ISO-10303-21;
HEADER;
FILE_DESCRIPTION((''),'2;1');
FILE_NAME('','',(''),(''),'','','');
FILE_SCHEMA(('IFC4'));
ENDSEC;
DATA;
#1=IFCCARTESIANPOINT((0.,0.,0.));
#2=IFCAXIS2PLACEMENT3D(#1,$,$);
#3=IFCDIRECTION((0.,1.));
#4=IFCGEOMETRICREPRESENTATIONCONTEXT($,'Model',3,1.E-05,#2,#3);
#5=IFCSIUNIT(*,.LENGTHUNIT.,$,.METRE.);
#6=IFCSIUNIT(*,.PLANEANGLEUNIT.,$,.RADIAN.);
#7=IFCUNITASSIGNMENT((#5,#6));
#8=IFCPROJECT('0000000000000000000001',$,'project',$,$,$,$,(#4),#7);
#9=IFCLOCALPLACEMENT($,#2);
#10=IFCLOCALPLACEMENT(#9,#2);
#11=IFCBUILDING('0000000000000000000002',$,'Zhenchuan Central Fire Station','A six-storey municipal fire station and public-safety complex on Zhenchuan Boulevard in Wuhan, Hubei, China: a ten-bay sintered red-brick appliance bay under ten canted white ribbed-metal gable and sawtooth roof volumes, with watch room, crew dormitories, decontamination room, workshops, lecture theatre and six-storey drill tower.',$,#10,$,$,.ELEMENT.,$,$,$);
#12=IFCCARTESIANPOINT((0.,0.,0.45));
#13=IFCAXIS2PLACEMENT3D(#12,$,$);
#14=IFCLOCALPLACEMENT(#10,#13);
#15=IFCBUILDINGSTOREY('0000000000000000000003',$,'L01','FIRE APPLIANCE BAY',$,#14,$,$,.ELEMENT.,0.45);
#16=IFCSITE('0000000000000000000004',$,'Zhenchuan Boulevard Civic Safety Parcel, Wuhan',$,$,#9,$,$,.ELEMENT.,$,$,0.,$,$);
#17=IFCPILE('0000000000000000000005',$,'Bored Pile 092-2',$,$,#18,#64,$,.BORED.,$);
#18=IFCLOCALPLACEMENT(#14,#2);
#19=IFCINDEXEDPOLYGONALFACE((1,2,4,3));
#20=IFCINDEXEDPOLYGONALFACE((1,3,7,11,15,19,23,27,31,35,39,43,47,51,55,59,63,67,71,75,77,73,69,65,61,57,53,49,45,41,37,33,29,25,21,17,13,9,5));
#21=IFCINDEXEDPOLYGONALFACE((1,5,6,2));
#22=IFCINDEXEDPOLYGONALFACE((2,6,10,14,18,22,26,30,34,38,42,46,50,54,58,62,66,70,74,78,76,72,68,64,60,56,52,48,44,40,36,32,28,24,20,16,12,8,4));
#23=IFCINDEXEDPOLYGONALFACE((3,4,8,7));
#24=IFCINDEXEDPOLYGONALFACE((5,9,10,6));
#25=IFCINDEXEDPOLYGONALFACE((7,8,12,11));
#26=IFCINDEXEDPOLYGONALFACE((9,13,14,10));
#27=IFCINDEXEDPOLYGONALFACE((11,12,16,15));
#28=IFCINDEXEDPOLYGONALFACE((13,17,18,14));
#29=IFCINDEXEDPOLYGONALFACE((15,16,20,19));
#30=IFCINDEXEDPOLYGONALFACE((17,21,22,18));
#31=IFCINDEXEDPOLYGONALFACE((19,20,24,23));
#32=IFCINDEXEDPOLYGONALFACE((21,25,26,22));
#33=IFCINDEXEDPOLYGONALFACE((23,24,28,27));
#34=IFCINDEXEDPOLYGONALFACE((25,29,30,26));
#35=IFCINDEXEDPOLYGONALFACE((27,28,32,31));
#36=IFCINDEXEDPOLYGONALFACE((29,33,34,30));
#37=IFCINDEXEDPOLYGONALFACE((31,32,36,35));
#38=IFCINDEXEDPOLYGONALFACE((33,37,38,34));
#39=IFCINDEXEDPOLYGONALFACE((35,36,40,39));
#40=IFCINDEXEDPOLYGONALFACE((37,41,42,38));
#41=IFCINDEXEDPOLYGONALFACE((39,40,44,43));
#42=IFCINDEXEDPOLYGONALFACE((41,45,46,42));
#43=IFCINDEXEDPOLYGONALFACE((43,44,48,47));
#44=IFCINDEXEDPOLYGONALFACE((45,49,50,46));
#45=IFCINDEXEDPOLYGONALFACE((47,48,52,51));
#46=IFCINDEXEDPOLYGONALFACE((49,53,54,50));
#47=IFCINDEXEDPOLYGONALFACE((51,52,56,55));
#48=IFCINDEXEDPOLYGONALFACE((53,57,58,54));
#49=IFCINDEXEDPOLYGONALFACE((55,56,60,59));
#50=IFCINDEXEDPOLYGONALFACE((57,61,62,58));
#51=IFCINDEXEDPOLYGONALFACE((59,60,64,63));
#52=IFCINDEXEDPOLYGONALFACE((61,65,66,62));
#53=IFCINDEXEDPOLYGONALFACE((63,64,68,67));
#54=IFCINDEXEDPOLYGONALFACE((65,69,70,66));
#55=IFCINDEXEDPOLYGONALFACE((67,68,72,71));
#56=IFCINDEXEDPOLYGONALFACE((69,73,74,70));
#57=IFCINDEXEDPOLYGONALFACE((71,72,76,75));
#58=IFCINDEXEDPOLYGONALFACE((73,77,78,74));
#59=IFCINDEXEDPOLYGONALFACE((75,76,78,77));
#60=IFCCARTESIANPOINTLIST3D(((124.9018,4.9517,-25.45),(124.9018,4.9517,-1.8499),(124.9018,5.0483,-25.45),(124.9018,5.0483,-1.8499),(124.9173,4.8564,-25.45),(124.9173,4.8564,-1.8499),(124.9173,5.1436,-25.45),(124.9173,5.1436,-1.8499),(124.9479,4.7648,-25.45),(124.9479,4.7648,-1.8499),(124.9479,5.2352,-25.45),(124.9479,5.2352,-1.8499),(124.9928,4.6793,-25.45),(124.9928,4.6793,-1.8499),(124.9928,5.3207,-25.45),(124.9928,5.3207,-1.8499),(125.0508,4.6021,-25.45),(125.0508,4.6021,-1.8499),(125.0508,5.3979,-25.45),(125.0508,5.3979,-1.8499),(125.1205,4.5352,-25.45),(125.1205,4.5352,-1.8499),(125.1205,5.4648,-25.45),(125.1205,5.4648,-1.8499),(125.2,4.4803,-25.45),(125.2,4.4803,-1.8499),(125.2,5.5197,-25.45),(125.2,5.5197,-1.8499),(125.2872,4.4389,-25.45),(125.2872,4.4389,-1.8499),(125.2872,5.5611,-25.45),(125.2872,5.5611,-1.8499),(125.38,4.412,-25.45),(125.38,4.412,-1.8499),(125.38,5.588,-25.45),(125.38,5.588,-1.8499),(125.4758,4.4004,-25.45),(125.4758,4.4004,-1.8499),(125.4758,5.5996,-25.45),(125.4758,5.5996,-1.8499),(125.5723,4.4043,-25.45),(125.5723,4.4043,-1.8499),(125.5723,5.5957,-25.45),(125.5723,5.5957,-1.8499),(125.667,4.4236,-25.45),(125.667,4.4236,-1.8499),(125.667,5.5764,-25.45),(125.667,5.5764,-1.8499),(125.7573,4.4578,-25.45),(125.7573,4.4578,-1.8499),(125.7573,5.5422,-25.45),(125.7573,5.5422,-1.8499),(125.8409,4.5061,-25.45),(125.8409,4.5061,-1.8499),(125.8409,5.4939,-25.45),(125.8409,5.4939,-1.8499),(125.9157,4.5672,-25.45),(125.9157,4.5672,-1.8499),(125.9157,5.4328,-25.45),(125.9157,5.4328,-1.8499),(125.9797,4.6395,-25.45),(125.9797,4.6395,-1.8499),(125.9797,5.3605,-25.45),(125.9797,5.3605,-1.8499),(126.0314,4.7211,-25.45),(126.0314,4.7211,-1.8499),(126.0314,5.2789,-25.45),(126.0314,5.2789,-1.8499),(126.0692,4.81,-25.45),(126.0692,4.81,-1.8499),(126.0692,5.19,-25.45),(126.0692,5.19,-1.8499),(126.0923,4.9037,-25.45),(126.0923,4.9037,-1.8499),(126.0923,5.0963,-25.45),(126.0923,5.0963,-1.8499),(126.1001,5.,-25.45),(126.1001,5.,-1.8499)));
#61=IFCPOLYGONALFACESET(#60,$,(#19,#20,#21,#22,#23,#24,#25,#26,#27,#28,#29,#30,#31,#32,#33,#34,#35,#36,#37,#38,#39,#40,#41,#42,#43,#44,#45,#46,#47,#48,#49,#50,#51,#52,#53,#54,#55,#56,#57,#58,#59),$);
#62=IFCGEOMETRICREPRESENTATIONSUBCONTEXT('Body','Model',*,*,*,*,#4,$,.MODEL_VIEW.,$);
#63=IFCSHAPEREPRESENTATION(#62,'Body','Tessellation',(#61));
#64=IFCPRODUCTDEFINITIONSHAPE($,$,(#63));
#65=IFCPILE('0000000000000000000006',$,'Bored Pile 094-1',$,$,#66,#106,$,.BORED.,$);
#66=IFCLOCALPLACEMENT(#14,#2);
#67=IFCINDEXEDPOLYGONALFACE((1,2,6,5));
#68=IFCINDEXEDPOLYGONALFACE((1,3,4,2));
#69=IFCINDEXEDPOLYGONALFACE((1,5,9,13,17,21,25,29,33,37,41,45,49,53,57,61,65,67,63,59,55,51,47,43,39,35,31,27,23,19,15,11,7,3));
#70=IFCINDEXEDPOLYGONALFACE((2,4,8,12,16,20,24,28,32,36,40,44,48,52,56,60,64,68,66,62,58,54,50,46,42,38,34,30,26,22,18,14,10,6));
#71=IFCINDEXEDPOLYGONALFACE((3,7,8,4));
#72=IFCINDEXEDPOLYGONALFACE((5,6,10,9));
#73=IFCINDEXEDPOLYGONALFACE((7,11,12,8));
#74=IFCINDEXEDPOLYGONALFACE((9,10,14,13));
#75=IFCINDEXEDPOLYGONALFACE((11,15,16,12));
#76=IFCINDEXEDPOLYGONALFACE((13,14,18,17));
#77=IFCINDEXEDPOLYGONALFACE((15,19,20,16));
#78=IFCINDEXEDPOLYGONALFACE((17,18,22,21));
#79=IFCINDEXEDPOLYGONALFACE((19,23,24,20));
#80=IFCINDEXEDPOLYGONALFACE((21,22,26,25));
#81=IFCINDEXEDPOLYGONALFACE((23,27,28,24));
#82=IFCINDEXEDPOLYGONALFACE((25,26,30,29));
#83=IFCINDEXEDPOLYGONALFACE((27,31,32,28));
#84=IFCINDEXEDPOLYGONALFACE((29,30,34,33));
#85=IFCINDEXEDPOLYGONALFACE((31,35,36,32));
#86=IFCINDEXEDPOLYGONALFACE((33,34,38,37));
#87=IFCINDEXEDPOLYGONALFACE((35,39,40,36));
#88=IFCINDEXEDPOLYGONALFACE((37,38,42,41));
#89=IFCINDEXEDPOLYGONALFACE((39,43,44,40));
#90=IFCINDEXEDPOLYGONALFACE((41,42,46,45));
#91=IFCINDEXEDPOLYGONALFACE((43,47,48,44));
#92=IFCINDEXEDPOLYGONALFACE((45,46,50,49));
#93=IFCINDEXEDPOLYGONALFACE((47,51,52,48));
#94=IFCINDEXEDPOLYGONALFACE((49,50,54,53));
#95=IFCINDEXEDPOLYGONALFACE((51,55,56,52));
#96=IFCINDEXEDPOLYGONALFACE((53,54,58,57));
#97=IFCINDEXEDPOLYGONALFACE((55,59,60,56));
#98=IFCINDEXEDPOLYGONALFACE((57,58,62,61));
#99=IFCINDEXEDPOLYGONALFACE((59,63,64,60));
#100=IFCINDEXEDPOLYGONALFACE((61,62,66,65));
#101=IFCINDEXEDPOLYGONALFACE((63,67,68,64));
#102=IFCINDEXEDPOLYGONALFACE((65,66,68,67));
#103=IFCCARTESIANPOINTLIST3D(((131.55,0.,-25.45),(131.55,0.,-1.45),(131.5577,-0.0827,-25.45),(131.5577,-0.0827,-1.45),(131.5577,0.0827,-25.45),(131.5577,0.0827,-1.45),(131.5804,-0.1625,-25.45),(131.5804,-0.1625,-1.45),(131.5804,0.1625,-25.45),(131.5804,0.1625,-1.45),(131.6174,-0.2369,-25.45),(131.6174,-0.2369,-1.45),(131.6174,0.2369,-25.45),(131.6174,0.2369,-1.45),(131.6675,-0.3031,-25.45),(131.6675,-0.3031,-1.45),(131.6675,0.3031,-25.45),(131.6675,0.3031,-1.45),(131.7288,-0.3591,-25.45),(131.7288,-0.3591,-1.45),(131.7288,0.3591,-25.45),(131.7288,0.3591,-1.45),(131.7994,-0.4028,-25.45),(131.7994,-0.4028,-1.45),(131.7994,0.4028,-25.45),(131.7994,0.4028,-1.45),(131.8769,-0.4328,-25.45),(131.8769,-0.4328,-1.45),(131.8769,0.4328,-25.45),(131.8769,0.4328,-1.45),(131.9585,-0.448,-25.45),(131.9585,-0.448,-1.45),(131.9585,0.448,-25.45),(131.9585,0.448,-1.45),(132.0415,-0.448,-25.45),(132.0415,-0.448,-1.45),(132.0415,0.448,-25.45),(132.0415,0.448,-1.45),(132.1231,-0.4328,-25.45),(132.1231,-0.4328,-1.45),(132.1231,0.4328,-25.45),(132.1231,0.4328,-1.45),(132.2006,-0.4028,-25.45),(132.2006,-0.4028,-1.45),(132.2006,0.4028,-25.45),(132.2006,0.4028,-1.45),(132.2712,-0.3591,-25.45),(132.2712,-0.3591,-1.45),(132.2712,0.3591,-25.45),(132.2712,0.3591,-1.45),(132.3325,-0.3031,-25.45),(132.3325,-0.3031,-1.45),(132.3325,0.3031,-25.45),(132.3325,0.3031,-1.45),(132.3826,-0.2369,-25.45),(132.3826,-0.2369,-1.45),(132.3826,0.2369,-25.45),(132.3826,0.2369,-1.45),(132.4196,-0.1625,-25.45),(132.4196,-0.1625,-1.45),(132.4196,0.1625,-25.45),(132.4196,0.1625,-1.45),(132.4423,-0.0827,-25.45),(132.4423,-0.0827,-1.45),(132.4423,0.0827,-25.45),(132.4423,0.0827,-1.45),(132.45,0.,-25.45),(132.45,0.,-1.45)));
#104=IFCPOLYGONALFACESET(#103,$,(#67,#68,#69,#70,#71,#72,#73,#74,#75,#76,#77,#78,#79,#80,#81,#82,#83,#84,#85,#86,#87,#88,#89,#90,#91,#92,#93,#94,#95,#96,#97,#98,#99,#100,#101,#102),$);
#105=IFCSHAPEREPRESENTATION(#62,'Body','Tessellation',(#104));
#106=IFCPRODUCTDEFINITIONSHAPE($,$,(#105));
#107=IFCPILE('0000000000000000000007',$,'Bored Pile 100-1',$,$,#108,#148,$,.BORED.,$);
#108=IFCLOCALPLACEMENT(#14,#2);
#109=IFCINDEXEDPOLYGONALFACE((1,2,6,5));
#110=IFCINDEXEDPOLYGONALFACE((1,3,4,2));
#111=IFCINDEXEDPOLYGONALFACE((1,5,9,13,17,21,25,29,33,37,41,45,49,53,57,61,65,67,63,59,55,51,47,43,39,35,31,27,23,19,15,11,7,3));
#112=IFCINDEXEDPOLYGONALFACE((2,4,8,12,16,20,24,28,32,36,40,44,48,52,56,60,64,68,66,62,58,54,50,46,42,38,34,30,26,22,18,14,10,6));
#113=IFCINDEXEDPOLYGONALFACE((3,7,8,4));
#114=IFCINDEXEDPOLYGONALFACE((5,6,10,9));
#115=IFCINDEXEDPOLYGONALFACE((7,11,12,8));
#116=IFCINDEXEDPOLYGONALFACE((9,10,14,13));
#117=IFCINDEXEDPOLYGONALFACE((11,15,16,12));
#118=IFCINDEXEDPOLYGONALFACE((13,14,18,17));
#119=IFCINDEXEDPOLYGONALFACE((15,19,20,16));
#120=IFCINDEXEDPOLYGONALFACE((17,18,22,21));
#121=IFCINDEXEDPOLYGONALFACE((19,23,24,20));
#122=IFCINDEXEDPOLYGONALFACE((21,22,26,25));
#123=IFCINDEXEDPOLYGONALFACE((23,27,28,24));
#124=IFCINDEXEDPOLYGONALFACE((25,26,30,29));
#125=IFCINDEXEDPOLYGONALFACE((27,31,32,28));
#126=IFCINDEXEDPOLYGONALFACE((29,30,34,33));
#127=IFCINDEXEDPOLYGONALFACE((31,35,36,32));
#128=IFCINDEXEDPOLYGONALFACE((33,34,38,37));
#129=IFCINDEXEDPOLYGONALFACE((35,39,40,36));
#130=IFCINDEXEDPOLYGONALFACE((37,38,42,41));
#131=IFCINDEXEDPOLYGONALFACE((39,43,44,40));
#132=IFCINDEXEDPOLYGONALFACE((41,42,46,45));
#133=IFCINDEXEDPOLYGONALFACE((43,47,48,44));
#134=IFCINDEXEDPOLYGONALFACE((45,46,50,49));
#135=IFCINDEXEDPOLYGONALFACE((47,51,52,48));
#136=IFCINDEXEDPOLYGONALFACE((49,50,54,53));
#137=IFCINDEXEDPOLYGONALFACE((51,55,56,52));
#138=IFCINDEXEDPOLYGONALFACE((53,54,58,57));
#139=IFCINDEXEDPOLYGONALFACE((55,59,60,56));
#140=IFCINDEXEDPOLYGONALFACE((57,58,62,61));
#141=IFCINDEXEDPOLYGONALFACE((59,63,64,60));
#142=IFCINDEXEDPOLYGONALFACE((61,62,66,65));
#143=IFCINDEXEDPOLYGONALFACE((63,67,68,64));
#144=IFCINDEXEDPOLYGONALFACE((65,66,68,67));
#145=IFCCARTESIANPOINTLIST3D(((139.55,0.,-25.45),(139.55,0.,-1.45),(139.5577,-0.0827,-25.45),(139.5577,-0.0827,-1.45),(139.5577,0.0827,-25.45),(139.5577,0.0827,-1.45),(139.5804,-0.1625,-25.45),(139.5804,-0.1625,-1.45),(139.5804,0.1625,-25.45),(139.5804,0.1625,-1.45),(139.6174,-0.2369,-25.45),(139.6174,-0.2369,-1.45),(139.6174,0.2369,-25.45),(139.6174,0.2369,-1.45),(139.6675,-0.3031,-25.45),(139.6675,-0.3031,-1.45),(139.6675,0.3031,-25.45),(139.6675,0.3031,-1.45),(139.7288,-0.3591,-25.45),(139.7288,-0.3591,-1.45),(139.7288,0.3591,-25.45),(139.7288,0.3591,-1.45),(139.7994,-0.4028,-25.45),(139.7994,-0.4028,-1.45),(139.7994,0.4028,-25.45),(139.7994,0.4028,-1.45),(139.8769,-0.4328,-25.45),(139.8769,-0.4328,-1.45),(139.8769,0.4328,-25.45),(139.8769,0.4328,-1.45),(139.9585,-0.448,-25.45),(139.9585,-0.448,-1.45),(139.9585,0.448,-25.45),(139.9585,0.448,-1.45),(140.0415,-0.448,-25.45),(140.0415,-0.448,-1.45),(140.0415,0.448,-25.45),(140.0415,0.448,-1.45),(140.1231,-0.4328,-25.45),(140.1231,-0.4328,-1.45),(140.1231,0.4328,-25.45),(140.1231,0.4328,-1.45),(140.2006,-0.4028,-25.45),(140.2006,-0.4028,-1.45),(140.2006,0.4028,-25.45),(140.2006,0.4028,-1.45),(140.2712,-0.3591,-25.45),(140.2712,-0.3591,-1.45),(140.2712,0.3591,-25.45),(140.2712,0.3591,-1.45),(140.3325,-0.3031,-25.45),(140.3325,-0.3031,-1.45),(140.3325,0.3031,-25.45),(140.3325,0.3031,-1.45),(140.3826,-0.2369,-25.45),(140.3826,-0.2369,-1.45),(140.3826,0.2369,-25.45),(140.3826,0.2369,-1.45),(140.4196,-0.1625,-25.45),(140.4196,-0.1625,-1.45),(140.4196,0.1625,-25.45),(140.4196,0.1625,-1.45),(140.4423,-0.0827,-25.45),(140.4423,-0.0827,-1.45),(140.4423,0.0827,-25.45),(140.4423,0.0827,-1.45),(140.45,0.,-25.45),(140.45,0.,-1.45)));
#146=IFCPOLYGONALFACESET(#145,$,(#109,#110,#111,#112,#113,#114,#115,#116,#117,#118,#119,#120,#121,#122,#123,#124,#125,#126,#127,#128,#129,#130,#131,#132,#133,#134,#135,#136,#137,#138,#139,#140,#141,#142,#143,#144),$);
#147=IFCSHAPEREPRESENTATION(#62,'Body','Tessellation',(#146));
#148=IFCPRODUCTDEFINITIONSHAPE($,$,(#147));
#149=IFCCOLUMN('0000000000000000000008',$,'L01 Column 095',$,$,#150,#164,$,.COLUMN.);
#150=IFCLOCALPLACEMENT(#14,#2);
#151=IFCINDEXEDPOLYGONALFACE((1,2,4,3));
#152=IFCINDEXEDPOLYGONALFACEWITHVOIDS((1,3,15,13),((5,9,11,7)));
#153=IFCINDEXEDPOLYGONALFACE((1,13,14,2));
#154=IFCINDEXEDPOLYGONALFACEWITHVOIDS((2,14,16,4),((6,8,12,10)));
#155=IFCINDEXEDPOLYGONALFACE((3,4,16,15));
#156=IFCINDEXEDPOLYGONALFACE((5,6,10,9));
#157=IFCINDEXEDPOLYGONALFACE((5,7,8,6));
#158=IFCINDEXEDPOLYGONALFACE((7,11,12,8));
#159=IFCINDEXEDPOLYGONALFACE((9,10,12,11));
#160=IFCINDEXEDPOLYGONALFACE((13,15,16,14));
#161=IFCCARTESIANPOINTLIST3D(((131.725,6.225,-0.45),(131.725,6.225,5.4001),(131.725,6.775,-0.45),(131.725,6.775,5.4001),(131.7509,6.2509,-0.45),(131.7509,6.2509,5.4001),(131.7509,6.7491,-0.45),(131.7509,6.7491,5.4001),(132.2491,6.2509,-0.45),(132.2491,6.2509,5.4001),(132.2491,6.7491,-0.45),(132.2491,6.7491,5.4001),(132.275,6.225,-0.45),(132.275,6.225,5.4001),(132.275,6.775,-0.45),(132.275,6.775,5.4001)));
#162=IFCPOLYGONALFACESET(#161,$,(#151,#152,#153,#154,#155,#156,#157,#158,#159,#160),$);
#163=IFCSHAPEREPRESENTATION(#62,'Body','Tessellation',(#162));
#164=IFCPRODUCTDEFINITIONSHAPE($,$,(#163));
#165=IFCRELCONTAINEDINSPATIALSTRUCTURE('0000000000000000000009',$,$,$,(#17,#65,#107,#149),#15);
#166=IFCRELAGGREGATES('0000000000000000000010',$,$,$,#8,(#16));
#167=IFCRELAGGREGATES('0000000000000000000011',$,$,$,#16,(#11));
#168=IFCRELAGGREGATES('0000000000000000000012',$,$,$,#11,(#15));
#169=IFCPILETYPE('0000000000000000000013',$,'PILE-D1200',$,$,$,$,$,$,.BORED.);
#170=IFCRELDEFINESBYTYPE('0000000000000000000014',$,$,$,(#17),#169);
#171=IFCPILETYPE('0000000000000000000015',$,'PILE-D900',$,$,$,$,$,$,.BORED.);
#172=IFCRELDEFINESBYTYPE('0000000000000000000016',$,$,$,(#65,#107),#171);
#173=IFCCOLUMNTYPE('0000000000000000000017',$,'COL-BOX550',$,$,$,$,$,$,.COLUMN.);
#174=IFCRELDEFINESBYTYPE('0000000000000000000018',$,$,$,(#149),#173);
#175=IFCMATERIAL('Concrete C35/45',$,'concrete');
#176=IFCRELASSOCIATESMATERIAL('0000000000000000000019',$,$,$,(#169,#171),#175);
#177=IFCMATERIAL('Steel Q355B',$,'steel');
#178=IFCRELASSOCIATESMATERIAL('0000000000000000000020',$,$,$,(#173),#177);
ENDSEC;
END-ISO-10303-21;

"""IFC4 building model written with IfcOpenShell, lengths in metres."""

from ifc_helpers import new_model, si_unit, direction, frame, origin, origin_2d, place, context, subcontext, project, spatial, hollow_rectangle, circle, extrude, material, material_profile, profile_set, type_object, element, save


model = new_model("IFC4")

# Units and contexts
model_context = context("Model", 3, precision=1e-05, world=origin(), true_north=direction((0.0, 1.0)))
body_context = subcontext(model_context, "Body", "Model", "MODEL_VIEW")
ifc_project = project(units=[si_unit("LENGTHUNIT", "METRE"), si_unit("PLANEANGLEUNIT", "RADIAN")], contexts=[model_context])

# Site, building, storey
site_placement = place(None, origin())
site = spatial("IfcSite", under=ifc_project, at=site_placement, Name="Zhenchuan Boulevard Civic Safety Parcel, Wuhan", CompositionType="ELEMENT", RefElevation=0.0)
building_placement = place(site_placement, origin())
building = spatial("IfcBuilding", under=site, at=building_placement, Name="Zhenchuan Central Fire Station", Description="A six-storey municipal fire station and public-safety complex on Zhenchuan Boulevard in Wuhan, Hubei, China: a ten-bay sintered red-brick appliance bay under ten canted white ribbed-metal gable and sawtooth roof volumes, with watch room, crew dormitories, decontamination room, workshops, lecture theatre and six-storey drill tower.", CompositionType="ELEMENT")
storey_placement = place(building_placement, frame((0.0, 0.0, 0.45)))
storey = spatial("IfcBuildingStorey", under=building, at=storey_placement, Name="L01", Description="FIRE APPLIANCE BAY", CompositionType="ELEMENT", Elevation=0.45)

# Piles
ifc_material_1 = material(Name="Concrete C35/45", Category="concrete")
ifc_material_profile_1 = material_profile(ifc_material_1, circle(Radius=0.6001, at=origin_2d()), Name="PILE D1200")
ifc_profile_set_1 = profile_set([ifc_material_profile_1], Name="Concrete C35/45")
pile_type_1 = type_object("IfcPileType", Name="PILE-D1200", PredefinedType="BORED", material=ifc_profile_set_1)
pile_1_placement = place(storey_placement, frame((125.5, 5.0, -1.8499), z_axis=(0.0, 0.0, -1.0), x_axis=(1.0, 0.0, 0.0)))
element("IfcPile", 1, at=pile_1_placement, inside=storey, type_object=pile_type_1, Name="Bored Pile 092-2", PredefinedType="BORED", context=body_context, shape_type="SweptSolid", body=[
    extrude(circle(Radius=0.6001, at=origin_2d()), origin(), (0.0, 0.0, 1.0), 23.6001),
])
ifc_material_profile_2 = material_profile(ifc_material_1, circle(Radius=0.45, at=origin_2d()), Name="PILE D900")
ifc_profile_set_2 = profile_set([ifc_material_profile_2], Name="Concrete C35/45")
pile_type_2 = type_object("IfcPileType", Name="PILE-D900", PredefinedType="BORED", material=ifc_profile_set_2)
for number, where, z_axis, x_axis, name in (
    (2, (132.0, 0.0, -1.45), (0.0, 0.0, -1.0), (1.0, 0.0, 0.0), "Bored Pile 094-1"),
    (3, (140.0, 0.0, -1.45), (0.0, 0.0, -1.0), (1.0, 0.0, 0.0), "Bored Pile 100-1"),
):
    element("IfcPile", number, at=place(storey_placement, frame(where, z_axis=z_axis, x_axis=x_axis)), inside=storey, type_object=pile_type_2, Name=name, PredefinedType="BORED", context=body_context, shape_type="SweptSolid", body=[
        extrude(circle(Radius=0.45, at=origin_2d()), origin(), (0.0, 0.0, 1.0), 24.0),
    ])

# Column
ifc_material_2 = material(Name="Steel Q355B", Category="steel")
ifc_material_profile_3 = material_profile(ifc_material_2, hollow_rectangle(XDim=0.55, YDim=0.55, WallThickness=0.0259, at=origin_2d()), Name="BOX 550x550x26")
ifc_profile_set_3 = profile_set([ifc_material_profile_3], Name="Steel Q355B")
column_type_1 = type_object("IfcColumnType", Name="COL-BOX550", PredefinedType="COLUMN", material=ifc_profile_set_3)
column_1_placement = place(storey_placement, frame((132.0, 6.5, -0.45), z_axis=(0.0, 0.0, 1.0), x_axis=(1.0, 0.0, 0.0)))
element("IfcColumn", 4, at=column_1_placement, inside=storey, type_object=column_type_1, Name="L01 Column 095", PredefinedType="COLUMN", context=body_context, shape_type="SweptSolid", body=[
    extrude(hollow_rectangle(XDim=0.55, YDim=0.55, WallThickness=0.0259, at=origin_2d()), origin(), (0.0, 0.0, 1.0), 5.8501),
])

save(model, "model.ifc")
